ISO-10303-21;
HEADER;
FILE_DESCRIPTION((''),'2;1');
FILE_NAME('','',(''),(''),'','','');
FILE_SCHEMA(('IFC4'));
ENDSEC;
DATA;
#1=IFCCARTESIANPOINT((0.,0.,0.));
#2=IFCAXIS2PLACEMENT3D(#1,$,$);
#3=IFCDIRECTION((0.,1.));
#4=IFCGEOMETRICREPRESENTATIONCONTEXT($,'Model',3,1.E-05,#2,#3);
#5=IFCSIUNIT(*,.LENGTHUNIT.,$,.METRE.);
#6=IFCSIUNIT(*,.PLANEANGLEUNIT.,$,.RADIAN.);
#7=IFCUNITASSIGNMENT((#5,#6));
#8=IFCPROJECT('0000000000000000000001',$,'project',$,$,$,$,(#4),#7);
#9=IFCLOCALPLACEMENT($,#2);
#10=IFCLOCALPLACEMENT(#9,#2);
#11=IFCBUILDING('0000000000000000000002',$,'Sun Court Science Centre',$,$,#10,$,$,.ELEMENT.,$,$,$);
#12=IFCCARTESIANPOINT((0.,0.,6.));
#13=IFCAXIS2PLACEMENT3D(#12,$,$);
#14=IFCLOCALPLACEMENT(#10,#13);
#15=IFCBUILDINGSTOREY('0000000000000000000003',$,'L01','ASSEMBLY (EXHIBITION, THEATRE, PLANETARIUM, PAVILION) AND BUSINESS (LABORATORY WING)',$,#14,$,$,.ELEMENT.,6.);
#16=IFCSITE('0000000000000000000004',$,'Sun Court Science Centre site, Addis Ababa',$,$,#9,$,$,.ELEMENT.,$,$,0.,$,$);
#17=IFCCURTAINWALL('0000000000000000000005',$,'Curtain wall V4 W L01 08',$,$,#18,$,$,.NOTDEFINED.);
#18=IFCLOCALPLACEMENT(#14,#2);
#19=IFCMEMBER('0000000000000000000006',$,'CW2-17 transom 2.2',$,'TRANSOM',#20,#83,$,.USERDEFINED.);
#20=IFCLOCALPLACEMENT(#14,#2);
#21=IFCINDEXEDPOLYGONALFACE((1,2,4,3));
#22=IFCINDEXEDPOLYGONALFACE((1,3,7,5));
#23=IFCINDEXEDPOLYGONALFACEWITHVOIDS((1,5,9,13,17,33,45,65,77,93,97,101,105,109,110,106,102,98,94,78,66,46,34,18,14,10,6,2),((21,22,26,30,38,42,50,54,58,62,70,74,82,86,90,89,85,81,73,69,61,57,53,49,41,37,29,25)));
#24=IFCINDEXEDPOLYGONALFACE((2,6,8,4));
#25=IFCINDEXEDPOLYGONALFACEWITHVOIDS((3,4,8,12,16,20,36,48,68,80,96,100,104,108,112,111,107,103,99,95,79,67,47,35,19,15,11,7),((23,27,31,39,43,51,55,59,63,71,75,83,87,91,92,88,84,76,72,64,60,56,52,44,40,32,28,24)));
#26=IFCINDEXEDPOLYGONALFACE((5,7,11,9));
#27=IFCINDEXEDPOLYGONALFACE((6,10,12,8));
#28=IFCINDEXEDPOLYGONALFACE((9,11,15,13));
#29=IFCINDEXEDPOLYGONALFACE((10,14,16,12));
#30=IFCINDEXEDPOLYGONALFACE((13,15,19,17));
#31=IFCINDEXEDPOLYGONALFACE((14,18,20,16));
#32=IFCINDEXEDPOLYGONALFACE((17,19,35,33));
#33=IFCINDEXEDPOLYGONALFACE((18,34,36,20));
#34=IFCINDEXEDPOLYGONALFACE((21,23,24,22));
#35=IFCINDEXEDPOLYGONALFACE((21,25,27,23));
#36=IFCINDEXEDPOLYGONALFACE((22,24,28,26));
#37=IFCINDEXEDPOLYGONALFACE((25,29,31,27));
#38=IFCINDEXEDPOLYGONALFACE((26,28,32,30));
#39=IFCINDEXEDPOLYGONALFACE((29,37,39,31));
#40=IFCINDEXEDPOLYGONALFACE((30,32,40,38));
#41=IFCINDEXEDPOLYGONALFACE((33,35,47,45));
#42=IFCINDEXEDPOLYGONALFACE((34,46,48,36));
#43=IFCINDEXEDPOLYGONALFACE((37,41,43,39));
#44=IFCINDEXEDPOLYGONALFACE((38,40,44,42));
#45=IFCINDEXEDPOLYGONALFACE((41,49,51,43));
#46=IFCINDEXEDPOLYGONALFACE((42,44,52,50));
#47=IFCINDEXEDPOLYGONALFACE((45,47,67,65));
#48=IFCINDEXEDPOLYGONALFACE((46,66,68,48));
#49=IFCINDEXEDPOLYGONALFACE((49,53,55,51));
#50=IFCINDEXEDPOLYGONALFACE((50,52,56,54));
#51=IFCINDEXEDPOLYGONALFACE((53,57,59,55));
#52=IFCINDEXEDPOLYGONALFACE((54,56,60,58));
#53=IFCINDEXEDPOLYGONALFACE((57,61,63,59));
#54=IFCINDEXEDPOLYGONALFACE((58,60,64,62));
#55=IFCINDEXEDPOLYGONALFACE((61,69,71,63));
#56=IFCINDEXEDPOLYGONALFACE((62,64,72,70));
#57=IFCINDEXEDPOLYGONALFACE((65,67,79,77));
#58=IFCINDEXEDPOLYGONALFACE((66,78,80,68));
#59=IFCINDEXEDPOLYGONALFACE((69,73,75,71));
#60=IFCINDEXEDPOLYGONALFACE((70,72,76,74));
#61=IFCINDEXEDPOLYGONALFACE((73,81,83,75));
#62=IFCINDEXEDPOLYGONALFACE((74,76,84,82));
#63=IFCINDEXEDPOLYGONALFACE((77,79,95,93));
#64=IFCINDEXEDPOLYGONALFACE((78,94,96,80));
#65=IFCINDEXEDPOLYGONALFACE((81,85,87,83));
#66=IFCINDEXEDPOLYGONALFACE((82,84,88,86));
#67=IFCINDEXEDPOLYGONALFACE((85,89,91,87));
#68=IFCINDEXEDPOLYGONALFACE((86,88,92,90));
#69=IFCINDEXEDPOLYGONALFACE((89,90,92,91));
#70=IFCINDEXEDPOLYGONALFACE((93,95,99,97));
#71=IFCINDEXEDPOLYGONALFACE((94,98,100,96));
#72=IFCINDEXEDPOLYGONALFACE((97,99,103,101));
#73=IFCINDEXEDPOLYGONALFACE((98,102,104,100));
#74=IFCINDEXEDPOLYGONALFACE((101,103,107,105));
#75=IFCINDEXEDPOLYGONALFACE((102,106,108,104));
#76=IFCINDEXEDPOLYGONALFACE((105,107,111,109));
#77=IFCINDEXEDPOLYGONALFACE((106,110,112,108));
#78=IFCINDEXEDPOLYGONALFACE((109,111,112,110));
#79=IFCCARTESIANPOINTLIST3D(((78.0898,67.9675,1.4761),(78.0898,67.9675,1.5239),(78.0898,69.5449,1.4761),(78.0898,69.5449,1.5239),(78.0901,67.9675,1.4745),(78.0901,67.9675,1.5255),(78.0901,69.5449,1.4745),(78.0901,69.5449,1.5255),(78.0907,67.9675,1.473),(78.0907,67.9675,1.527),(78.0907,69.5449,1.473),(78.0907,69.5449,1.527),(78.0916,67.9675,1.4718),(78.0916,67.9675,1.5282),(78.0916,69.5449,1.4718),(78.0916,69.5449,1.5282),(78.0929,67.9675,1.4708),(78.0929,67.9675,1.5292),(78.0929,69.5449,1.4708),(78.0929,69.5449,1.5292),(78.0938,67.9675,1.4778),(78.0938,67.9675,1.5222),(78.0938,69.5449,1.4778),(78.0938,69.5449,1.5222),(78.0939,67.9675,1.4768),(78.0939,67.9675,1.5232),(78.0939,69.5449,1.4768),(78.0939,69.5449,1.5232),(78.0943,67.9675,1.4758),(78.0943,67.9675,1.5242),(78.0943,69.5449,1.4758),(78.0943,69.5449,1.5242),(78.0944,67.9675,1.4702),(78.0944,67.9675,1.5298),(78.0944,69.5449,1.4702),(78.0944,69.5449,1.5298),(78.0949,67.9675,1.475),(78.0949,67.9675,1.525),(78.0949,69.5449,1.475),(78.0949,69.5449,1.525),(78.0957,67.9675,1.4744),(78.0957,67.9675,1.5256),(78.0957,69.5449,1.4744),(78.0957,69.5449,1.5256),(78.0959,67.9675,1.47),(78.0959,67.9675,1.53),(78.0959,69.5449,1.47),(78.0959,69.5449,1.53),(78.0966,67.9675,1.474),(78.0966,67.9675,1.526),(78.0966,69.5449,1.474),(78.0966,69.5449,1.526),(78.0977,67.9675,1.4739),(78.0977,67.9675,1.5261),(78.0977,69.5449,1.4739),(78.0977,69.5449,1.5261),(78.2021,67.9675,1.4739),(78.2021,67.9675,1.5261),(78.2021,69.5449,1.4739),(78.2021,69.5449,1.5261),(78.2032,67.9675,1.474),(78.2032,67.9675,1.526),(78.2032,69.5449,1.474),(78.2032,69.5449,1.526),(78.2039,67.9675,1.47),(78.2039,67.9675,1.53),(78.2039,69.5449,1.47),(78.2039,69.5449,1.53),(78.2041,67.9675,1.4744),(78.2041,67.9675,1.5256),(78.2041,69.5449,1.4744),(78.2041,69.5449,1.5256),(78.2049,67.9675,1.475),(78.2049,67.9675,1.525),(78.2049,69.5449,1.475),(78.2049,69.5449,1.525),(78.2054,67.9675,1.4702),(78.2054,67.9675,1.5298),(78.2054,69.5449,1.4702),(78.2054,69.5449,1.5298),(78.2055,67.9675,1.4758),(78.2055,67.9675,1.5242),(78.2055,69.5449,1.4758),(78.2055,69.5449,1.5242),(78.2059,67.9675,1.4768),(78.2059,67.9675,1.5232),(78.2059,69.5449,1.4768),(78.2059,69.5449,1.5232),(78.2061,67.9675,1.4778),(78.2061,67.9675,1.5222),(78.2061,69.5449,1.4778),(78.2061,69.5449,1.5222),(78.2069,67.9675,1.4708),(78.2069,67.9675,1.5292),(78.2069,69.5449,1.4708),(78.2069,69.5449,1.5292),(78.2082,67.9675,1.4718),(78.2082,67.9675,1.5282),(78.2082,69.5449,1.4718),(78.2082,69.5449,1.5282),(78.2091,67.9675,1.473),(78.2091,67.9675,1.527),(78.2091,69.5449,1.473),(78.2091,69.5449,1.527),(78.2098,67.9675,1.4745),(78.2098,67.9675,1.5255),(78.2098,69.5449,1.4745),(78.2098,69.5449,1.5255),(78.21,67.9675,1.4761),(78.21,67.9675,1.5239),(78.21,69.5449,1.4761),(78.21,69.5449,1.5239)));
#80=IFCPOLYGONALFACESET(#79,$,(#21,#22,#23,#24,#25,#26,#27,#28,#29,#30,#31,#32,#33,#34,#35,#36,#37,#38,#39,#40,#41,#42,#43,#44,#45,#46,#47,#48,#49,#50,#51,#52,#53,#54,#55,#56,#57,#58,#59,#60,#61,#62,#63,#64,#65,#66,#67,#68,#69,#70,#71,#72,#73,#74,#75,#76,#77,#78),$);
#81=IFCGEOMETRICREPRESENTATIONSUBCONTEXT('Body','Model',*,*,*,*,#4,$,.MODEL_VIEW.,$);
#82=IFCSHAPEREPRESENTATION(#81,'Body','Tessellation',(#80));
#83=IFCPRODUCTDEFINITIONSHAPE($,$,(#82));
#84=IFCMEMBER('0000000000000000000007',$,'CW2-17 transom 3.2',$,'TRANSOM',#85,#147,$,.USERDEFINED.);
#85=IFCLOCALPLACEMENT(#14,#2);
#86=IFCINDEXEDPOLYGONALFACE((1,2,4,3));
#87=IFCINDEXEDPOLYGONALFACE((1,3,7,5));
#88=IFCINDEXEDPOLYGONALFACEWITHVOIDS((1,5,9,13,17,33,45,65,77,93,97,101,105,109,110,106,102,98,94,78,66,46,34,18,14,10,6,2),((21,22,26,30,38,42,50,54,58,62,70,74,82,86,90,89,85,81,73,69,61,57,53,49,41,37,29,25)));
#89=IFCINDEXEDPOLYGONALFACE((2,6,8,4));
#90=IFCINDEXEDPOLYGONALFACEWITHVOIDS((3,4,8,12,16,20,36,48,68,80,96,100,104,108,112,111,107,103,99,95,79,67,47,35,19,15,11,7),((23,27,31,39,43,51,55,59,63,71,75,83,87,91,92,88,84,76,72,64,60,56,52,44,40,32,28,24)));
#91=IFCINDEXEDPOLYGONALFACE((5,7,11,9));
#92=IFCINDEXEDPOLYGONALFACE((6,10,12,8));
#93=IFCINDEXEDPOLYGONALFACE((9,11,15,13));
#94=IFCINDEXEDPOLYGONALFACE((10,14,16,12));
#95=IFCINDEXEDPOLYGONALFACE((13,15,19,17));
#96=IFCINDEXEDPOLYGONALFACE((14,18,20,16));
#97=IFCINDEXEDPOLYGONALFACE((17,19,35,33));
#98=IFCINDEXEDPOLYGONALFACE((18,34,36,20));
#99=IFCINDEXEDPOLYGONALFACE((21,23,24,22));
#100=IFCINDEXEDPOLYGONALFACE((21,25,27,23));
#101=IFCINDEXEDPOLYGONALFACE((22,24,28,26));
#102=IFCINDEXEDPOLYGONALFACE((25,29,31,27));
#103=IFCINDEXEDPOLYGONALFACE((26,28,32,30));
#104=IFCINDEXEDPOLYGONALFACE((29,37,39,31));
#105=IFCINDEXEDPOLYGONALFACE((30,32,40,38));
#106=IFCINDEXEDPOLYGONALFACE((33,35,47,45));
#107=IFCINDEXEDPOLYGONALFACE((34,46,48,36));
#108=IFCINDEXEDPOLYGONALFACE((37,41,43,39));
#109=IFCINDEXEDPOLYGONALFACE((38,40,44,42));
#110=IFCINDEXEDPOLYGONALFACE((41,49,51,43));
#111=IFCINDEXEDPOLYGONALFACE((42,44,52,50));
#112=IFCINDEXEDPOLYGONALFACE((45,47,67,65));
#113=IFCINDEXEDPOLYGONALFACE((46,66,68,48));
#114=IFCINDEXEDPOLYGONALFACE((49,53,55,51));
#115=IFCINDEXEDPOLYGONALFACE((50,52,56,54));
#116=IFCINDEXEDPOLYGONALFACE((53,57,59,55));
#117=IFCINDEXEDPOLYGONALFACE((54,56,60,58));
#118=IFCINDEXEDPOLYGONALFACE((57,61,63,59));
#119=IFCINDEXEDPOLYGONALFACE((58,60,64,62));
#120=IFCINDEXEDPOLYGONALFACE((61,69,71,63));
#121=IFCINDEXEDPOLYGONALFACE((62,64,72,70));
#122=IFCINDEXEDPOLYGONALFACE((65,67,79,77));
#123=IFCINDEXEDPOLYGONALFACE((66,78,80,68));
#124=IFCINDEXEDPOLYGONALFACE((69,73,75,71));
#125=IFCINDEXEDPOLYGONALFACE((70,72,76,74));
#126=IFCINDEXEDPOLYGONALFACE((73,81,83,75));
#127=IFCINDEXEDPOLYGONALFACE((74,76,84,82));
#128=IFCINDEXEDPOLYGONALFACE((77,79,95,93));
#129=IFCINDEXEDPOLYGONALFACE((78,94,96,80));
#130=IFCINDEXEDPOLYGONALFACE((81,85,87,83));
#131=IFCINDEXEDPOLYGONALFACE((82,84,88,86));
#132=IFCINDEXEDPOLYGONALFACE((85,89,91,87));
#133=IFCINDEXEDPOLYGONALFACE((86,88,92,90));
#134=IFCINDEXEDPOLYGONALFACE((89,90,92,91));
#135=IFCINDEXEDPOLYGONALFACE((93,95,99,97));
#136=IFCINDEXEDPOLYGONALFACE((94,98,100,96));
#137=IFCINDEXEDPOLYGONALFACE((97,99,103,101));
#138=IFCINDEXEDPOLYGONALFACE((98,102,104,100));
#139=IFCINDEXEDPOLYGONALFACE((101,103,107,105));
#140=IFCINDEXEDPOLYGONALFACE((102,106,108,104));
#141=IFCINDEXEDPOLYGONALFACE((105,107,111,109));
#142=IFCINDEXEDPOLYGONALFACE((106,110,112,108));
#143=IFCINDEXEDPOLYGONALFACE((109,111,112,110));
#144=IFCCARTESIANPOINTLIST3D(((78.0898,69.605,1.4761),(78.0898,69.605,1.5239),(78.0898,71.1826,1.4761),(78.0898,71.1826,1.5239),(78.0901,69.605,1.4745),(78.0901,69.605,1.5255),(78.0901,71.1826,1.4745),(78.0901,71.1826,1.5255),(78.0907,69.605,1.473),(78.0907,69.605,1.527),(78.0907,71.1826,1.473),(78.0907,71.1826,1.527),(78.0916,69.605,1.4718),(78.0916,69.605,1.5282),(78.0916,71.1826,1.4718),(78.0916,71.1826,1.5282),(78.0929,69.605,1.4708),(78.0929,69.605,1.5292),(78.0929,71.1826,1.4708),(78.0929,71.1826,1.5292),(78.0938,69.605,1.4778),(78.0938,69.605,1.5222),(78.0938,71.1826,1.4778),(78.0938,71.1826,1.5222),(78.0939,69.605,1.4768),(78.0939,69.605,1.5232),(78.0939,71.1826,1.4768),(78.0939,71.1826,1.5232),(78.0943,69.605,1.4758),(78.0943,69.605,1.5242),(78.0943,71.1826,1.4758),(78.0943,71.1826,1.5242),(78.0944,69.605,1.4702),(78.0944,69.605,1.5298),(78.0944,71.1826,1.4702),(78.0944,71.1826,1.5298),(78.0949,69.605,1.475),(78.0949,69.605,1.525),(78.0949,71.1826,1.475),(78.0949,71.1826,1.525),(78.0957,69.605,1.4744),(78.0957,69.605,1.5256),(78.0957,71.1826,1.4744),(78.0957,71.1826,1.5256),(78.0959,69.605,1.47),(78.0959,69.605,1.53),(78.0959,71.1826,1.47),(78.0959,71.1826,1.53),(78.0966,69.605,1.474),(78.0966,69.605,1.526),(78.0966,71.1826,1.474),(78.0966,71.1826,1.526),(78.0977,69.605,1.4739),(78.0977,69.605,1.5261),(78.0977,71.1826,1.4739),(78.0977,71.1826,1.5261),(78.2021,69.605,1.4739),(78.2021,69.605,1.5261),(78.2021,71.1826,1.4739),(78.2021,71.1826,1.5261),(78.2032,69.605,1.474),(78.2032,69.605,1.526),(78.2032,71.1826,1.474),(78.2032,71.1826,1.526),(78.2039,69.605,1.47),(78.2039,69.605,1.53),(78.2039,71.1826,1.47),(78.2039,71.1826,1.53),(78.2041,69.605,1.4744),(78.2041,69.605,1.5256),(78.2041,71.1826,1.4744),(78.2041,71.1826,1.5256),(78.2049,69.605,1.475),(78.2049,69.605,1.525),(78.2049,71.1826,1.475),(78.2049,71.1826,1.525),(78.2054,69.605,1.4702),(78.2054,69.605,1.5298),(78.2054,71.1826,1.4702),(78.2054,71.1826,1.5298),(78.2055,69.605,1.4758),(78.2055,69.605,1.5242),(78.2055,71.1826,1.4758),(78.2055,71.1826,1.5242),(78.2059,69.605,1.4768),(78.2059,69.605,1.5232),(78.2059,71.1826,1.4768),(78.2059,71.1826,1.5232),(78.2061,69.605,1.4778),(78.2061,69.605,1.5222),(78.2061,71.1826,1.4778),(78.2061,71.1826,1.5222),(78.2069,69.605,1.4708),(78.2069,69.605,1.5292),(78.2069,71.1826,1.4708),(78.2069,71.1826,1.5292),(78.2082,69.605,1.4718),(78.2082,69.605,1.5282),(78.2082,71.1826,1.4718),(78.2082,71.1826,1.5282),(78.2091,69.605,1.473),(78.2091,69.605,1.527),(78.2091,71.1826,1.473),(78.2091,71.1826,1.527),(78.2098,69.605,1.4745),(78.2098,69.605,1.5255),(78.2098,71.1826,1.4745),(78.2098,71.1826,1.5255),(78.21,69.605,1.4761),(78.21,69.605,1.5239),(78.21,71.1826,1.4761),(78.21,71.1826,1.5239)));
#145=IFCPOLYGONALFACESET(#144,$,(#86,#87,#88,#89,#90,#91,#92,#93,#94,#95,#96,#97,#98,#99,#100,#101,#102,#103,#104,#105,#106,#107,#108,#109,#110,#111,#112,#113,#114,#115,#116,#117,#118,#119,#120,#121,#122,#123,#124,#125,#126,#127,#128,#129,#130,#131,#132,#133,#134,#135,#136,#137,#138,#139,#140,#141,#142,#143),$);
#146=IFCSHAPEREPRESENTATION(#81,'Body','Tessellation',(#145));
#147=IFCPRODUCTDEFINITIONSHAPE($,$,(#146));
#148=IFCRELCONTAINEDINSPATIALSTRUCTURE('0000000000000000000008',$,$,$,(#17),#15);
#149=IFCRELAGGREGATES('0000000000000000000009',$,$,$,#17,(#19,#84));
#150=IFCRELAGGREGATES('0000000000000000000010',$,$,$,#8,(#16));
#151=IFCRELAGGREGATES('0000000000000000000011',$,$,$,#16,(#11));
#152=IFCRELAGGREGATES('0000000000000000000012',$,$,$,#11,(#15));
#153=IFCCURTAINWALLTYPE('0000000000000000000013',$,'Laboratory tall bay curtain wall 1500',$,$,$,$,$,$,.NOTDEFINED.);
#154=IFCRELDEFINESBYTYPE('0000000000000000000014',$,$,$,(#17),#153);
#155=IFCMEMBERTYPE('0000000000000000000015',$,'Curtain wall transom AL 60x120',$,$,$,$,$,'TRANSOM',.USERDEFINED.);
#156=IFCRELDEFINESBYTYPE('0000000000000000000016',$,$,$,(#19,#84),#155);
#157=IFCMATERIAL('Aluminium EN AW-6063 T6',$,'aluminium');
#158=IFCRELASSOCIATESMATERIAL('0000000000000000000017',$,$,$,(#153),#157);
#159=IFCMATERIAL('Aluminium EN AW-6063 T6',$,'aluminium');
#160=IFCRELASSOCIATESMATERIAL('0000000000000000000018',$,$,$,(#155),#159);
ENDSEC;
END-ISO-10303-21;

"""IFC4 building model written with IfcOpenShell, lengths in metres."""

from ifc_helpers import new_model, si_unit, direction, frame, origin, origin_2d, place, context, subcontext, project, spatial, hollow_rectangle, extrude, material, material_profile, profile_set, type_object, element, aggregate, save


model = new_model("IFC4")

# Units and contexts
model_context = context("Model", 3, precision=1e-05, world=origin(), true_north=direction((0.0, 1.0)))
body_context = subcontext(model_context, "Body", "Model", "MODEL_VIEW")
ifc_project = project(units=[si_unit("LENGTHUNIT", "METRE"), si_unit("PLANEANGLEUNIT", "RADIAN")], contexts=[model_context])

# Site, building, storey
site_placement = place(None, origin())
site = spatial("IfcSite", under=ifc_project, at=site_placement, Name="Sun Court Science Centre site, Addis Ababa", CompositionType="ELEMENT", RefElevation=0.0)
building_placement = place(site_placement, origin())
building = spatial("IfcBuilding", under=site, at=building_placement, Name="Sun Court Science Centre", CompositionType="ELEMENT")
storey_placement = place(building_placement, frame((0.0, 0.0, 6.0)))
storey = spatial("IfcBuildingStorey", under=building, at=storey_placement, Name="L01", Description="ASSEMBLY (EXHIBITION, THEATRE, PLANETARIUM, PAVILION) AND BUSINESS (LABORATORY WING)", CompositionType="ELEMENT", Elevation=6.0)

# Shared definitions
ifc_material_1 = material(Name="Aluminium EN AW-6063 T6", Category="aluminium")
curtain_wall_type = type_object("IfcCurtainWallType", Name="Laboratory tall bay curtain wall 1500", PredefinedType="NOTDEFINED", material=ifc_material_1)

# Curtain wall
curtain_wall_1_placement = place(storey_placement, origin())
curtain_wall_1 = element("IfcCurtainWall", 1, at=curtain_wall_1_placement, inside=storey, type_object=curtain_wall_type, Name="Curtain wall V4 W L01 08", PredefinedType="NOTDEFINED")

# Members
ifc_material_2 = material(Name="Aluminium EN AW-6063 T6", Category="aluminium")
ifc_material_profile_1 = material_profile(ifc_material_2, hollow_rectangle(XDim=0.0601, YDim=0.1201, WallThickness=0.0039, InnerFilletRadius=0.0039, OuterFilletRadius=0.0061, at=origin_2d()), Name="AL 60x120x4")
ifc_profile_set_1 = profile_set([ifc_material_profile_1], Name="Aluminium EN AW-6063 T6")
member_type_1 = type_object("IfcMemberType", Name="Curtain wall transom AL 60x120", ElementType="TRANSOM", PredefinedType="USERDEFINED", material=ifc_profile_set_1)
member_1_placement = place(storey_placement, frame((78.1499, 67.9675, 1.5), z_axis=(0.0, 1.0, 0.0), x_axis=(0.0, 0.0, 1.0)))
member_1 = element("IfcMember", 2, at=member_1_placement, type_object=member_type_1, Name="CW2-17 transom 2.2", ObjectType="TRANSOM", PredefinedType="USERDEFINED", context=body_context, shape_type="SweptSolid", body=[
    extrude(hollow_rectangle(XDim=0.0601, YDim=0.1201, WallThickness=0.0039, InnerFilletRadius=0.0039, OuterFilletRadius=0.0061, at=origin_2d()), origin(), (0.0, 0.0, 1.0), 1.5774),
])
member_2_placement = place(storey_placement, frame((78.1499, 69.605, 1.5), z_axis=(0.0, 1.0, 0.0), x_axis=(0.0, 0.0, 1.0)))
member_2 = element("IfcMember", 3, at=member_2_placement, type_object=member_type_1, Name="CW2-17 transom 3.2", ObjectType="TRANSOM", PredefinedType="USERDEFINED", context=body_context, shape_type="SweptSolid", body=[
    extrude(hollow_rectangle(XDim=0.0601, YDim=0.1201, WallThickness=0.0039, InnerFilletRadius=0.0039, OuterFilletRadius=0.0061, at=origin_2d()), origin(), (0.0, 0.0, 1.0), 1.5776),
])

aggregate(curtain_wall_1, [member_1, member_2])

save(model, "model.ifc")
